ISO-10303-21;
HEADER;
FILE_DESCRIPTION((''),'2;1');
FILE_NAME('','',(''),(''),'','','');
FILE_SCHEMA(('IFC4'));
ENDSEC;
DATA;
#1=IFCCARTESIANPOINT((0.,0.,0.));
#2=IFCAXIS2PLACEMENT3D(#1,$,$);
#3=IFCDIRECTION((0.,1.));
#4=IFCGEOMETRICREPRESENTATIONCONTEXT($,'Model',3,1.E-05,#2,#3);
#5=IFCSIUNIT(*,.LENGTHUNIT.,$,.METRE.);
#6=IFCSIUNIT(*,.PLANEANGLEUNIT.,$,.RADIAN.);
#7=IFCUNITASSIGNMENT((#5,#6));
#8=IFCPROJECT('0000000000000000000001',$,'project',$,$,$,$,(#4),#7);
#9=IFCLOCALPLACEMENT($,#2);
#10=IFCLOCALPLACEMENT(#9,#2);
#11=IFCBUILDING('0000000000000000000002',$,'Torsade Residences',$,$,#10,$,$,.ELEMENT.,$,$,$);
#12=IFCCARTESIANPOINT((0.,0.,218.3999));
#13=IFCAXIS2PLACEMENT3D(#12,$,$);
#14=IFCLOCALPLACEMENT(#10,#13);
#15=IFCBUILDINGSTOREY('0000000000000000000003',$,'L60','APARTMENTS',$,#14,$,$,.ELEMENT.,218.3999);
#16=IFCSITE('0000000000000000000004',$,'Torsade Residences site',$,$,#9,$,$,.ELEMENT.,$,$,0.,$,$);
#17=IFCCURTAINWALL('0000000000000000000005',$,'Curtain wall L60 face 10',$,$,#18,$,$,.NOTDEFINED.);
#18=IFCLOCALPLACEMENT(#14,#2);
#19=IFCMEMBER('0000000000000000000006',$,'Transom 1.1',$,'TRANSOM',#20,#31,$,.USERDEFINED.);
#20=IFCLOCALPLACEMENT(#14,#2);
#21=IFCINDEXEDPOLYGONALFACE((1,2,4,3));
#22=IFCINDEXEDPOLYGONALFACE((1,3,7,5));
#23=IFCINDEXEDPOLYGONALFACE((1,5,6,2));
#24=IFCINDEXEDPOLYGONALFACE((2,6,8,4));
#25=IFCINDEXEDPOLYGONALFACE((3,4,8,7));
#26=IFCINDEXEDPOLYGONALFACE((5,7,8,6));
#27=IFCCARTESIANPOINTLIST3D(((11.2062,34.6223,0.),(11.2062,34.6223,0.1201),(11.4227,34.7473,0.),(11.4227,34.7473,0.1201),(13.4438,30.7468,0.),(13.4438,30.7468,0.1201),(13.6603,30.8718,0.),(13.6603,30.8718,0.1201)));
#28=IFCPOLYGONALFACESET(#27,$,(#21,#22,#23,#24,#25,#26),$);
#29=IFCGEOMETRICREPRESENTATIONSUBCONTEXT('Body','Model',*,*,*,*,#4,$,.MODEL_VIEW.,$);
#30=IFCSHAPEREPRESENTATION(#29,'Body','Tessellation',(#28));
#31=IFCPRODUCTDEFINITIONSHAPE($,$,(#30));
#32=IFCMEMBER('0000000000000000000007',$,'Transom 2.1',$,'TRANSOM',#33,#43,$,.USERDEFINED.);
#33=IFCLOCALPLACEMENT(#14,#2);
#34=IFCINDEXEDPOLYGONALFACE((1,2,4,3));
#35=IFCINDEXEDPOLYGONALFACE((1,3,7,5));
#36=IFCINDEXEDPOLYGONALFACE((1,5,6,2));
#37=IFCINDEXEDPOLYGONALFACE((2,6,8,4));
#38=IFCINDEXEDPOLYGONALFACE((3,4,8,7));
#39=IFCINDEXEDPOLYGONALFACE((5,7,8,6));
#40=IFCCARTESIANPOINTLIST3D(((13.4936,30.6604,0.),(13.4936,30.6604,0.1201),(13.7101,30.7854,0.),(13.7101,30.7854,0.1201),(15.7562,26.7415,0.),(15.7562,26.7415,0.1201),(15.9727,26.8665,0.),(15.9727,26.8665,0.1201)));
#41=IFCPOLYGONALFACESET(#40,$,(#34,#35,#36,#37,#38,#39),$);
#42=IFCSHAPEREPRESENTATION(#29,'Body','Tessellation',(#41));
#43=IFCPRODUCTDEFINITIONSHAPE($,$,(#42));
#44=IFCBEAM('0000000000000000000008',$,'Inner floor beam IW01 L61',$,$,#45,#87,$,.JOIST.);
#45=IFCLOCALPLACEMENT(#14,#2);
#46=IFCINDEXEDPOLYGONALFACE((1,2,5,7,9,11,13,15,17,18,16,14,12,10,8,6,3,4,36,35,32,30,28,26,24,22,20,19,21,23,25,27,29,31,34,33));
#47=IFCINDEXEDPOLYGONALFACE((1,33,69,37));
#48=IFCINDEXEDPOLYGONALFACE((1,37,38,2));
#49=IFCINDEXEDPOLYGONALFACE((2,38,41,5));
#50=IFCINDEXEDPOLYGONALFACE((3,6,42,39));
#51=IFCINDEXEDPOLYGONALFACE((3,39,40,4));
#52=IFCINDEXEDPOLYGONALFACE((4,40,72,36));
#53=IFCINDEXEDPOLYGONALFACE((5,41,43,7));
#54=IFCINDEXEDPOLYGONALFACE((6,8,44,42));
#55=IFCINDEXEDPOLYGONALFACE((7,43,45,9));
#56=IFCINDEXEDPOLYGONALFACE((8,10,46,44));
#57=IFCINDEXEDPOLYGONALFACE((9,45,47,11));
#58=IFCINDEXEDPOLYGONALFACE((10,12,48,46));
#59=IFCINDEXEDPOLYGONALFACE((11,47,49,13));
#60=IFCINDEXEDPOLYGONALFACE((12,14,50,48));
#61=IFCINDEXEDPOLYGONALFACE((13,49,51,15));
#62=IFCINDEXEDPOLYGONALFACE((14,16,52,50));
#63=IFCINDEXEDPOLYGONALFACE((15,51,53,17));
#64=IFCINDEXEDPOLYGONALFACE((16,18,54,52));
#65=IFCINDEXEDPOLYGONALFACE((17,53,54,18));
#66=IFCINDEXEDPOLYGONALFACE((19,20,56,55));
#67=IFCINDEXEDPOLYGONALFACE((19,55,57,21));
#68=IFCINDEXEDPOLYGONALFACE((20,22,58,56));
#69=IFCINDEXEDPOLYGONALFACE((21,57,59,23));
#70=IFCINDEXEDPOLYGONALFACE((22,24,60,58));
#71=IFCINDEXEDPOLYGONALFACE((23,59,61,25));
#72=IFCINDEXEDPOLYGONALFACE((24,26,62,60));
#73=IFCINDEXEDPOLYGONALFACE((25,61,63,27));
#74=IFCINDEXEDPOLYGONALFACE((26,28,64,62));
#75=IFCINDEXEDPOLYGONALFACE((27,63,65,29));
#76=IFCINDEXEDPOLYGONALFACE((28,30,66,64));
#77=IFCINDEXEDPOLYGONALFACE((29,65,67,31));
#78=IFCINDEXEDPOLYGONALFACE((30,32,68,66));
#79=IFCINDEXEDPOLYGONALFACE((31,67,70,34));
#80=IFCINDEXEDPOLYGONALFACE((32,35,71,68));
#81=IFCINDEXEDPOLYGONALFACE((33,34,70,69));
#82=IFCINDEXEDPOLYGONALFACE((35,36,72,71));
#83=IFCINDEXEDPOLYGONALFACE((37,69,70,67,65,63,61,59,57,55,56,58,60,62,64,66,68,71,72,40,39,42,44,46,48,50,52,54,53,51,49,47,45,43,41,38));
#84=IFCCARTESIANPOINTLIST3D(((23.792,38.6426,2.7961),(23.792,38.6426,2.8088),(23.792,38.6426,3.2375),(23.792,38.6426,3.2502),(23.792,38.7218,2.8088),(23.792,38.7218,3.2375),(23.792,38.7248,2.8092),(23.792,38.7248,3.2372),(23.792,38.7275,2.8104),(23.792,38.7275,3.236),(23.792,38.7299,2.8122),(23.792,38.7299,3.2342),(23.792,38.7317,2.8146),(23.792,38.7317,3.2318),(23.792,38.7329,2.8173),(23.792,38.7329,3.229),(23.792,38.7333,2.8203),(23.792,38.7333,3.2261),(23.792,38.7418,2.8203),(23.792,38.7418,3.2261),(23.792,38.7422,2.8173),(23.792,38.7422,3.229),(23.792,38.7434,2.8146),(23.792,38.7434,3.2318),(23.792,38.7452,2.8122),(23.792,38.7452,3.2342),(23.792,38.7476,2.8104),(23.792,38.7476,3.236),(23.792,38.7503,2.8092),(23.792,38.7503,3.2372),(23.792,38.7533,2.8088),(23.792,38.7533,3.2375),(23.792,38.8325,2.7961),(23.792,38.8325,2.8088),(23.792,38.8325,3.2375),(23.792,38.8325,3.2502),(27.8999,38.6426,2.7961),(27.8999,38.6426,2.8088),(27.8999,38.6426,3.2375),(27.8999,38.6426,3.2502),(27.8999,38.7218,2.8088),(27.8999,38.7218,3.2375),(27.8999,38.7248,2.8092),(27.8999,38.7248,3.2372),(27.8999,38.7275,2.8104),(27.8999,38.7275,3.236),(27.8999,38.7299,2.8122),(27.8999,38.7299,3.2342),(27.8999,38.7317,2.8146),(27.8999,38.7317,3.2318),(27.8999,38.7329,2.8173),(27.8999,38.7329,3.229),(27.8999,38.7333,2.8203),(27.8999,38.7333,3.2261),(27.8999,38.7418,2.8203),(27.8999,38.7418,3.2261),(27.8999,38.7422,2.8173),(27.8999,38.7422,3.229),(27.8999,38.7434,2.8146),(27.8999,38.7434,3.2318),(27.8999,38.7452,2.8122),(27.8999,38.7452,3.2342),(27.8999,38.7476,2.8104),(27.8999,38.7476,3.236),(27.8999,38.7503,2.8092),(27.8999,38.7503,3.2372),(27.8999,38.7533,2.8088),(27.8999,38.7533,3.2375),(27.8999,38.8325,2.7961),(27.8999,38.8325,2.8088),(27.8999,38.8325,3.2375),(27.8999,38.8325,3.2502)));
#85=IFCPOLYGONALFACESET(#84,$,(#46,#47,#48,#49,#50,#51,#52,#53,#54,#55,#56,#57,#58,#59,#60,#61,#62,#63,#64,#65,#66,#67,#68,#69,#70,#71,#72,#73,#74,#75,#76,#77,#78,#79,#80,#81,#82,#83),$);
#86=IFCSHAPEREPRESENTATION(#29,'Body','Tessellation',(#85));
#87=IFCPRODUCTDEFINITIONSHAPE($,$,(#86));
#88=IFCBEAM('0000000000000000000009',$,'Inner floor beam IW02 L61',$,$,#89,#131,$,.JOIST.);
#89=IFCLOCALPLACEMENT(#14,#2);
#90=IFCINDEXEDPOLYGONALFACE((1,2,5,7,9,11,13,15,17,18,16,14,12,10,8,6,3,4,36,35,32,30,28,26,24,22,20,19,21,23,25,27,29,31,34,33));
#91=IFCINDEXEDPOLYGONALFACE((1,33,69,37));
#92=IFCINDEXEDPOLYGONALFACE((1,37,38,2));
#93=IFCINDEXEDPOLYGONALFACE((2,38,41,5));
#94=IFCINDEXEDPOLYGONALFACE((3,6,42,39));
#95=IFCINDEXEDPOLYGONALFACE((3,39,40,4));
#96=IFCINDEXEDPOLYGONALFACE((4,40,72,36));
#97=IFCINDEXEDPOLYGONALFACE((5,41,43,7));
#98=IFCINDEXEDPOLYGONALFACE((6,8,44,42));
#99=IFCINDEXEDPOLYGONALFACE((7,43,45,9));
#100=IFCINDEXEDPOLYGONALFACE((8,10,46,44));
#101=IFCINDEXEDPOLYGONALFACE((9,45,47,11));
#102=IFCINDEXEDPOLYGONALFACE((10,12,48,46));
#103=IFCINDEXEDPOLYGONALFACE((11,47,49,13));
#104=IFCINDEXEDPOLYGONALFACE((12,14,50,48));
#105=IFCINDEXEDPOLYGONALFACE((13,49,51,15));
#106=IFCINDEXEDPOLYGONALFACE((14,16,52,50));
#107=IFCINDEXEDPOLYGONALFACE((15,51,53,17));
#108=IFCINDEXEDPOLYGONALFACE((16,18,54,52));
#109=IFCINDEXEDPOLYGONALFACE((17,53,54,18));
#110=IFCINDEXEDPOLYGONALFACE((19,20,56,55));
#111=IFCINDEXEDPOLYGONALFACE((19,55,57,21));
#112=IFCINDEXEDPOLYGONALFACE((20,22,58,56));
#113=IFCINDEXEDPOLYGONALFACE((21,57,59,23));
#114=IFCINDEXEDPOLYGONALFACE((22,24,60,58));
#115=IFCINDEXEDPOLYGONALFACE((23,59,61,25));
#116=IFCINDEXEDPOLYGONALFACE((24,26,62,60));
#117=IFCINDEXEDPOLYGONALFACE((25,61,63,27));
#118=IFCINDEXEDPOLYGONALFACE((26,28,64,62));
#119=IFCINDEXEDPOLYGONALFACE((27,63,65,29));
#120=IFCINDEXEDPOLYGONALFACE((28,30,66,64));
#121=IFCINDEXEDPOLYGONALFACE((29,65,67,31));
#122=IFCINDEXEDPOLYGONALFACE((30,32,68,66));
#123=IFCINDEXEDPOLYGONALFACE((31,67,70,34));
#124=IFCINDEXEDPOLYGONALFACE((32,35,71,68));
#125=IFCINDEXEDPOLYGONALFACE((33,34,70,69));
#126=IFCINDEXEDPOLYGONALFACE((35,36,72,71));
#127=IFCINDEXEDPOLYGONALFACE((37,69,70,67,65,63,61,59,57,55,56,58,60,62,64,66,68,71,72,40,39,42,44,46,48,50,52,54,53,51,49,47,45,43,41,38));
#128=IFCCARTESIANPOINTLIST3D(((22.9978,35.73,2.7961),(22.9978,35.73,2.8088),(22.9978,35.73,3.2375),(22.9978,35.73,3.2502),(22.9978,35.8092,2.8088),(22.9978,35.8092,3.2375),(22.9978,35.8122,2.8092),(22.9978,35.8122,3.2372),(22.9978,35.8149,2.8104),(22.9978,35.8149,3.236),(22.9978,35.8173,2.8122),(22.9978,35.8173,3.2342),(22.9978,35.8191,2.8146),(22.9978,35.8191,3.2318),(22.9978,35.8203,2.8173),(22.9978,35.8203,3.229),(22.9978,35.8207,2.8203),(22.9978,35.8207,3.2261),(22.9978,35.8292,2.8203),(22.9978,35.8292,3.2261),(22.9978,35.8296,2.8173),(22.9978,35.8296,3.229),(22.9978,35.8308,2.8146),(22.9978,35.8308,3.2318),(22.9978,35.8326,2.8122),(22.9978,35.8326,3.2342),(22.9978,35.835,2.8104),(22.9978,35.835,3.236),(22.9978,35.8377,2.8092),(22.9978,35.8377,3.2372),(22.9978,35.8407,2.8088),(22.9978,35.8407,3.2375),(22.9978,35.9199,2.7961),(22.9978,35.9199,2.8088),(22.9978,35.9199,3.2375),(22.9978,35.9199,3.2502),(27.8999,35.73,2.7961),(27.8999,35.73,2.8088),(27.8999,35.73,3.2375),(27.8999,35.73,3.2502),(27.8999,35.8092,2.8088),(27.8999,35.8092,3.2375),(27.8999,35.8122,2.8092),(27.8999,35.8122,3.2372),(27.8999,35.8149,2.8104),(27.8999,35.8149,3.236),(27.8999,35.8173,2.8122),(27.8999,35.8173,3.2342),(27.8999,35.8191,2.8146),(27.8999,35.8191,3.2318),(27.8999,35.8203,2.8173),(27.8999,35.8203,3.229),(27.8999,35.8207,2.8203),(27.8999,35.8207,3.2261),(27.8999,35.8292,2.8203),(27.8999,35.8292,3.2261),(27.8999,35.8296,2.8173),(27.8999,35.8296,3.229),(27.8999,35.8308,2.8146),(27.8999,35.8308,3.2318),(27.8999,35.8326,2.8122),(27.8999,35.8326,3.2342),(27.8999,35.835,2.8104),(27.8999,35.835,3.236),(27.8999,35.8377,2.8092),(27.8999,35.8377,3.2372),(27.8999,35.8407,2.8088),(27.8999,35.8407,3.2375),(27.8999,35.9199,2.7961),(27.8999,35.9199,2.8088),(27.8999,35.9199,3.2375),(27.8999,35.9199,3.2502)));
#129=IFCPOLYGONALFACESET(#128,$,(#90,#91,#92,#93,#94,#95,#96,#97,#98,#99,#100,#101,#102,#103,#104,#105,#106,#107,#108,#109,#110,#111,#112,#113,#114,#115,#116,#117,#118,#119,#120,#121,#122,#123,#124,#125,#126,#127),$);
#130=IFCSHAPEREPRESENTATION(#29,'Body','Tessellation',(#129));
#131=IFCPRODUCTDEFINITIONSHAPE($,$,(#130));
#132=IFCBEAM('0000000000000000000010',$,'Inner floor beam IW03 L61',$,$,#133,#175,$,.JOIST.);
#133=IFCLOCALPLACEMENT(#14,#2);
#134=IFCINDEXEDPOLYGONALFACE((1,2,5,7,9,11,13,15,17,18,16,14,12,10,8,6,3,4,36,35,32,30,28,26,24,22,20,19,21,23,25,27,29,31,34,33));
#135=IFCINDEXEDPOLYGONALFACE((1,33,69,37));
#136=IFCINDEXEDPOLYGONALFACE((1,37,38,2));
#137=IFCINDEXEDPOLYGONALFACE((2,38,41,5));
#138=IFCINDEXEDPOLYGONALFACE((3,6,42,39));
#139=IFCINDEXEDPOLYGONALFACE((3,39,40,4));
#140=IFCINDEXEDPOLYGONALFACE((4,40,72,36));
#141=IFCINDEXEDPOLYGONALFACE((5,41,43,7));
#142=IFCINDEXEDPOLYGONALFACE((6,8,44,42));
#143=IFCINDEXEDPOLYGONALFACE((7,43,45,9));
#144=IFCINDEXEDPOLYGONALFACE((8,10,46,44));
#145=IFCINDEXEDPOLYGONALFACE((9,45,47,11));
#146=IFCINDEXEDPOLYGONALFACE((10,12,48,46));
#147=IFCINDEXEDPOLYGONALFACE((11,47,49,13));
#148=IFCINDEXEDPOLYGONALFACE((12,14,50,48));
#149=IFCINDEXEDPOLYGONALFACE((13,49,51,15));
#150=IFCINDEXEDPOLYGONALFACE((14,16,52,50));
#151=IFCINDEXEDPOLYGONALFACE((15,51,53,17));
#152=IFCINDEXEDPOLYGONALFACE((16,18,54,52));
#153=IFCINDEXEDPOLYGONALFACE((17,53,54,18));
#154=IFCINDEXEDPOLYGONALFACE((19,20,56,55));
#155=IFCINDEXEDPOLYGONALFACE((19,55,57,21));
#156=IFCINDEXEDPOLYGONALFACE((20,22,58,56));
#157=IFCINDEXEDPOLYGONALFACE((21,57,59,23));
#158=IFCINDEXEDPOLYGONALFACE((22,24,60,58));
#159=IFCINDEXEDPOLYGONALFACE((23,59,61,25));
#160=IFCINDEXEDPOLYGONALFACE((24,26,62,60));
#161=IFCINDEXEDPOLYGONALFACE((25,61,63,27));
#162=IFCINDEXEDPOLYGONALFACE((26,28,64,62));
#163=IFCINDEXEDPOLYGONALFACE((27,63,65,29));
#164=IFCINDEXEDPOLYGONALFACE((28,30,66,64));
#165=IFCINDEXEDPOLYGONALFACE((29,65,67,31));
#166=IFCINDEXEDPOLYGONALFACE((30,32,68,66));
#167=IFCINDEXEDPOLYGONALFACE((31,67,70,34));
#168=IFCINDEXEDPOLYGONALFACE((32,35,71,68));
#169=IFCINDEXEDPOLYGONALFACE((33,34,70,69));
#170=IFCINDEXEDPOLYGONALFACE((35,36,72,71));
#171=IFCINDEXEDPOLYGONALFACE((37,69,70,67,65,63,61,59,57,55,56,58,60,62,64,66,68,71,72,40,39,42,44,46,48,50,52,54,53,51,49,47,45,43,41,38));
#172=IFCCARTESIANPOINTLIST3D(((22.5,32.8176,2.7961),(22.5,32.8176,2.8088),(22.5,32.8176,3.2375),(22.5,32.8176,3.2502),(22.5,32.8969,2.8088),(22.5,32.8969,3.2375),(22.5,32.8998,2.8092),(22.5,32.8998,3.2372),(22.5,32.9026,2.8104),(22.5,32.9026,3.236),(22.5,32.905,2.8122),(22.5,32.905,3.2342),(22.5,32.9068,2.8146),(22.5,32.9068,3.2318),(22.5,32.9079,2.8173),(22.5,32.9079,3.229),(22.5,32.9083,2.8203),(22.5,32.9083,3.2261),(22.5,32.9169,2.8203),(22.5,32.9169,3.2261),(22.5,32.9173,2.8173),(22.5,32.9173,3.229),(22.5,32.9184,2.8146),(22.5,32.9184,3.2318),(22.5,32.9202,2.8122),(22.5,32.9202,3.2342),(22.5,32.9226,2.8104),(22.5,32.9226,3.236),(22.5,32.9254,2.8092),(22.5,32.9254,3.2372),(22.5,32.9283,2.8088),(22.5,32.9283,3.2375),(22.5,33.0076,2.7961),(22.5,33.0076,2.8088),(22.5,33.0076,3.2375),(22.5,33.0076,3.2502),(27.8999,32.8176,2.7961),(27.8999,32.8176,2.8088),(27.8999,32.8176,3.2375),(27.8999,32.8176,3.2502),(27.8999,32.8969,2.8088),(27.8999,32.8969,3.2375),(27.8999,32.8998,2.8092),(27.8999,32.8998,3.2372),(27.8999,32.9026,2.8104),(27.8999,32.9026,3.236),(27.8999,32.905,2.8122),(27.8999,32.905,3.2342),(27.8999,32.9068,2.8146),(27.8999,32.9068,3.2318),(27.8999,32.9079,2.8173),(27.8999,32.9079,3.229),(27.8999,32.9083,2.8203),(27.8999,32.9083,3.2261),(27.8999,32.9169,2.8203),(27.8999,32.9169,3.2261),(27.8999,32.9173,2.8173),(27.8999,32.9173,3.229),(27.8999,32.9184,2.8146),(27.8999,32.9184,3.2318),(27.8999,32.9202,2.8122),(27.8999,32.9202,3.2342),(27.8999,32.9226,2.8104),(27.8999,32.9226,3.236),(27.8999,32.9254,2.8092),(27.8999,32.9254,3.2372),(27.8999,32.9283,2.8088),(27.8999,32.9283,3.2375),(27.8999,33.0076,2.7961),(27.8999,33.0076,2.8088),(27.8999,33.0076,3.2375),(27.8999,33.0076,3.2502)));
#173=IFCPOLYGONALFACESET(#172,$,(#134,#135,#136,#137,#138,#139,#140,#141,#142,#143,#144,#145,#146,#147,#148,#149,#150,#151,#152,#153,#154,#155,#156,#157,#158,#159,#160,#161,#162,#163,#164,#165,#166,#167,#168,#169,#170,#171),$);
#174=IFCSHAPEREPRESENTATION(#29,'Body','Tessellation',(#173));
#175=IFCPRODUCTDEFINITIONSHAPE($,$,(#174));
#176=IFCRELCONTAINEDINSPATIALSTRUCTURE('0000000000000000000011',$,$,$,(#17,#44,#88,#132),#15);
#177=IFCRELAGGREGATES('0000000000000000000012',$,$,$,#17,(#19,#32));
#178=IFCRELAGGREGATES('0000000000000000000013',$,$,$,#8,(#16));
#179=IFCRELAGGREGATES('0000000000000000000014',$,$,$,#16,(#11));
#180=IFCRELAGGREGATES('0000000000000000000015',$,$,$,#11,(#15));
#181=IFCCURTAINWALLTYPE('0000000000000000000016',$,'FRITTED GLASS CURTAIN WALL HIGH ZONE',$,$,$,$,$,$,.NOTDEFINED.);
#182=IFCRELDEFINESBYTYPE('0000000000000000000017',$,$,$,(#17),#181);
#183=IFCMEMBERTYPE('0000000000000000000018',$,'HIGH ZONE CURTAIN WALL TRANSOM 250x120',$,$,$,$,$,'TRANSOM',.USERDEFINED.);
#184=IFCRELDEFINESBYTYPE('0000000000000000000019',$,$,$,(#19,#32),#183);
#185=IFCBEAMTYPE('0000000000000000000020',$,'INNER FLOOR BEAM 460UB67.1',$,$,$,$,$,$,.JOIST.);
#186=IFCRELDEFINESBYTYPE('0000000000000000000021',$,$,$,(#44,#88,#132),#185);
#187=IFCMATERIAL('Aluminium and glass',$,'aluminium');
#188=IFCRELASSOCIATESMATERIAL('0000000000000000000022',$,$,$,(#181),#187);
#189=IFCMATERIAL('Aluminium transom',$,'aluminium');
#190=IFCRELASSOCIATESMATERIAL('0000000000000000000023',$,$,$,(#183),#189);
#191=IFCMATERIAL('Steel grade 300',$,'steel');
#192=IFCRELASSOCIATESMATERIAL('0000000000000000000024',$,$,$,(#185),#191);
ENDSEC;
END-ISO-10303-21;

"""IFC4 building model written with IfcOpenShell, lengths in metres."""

from ifc_helpers import new_model, si_unit, direction, frame, origin, origin_2d, place, context, subcontext, project, spatial, rectangle, i_section, extrude, material, material_profile, profile_set, type_object, element, aggregate, save


model = new_model("IFC4")

# Units and contexts
model_context = context("Model", 3, precision=1e-05, world=origin(), true_north=direction((0.0, 1.0)))
body_context = subcontext(model_context, "Body", "Model", "MODEL_VIEW")
ifc_project = project(units=[si_unit("LENGTHUNIT", "METRE"), si_unit("PLANEANGLEUNIT", "RADIAN")], contexts=[model_context])

# Site, building, storey
site_placement = place(None, origin())
site = spatial("IfcSite", under=ifc_project, at=site_placement, Name="Torsade Residences site", CompositionType="ELEMENT", RefElevation=0.0)
building_placement = place(site_placement, origin())
building = spatial("IfcBuilding", under=site, at=building_placement, Name="Torsade Residences", CompositionType="ELEMENT")
storey_placement = place(building_placement, frame((0.0, 0.0, 218.3999)))
storey = spatial("IfcBuildingStorey", under=building, at=storey_placement, Name="L60", Description="APARTMENTS", CompositionType="ELEMENT", Elevation=218.3999)

# Curtain wall, members
ifc_material_1 = material(Name="Aluminium and glass", Category="aluminium")
curtain_wall_type = type_object("IfcCurtainWallType", Name="FRITTED GLASS CURTAIN WALL HIGH ZONE", PredefinedType="NOTDEFINED", material=ifc_material_1)
curtain_wall_placement = place(storey_placement, origin())
curtain_wall = element("IfcCurtainWall", 1, at=curtain_wall_placement, inside=storey, type_object=curtain_wall_type, Name="Curtain wall L60 face 10", PredefinedType="NOTDEFINED")
ifc_material_2 = material(Name="Aluminium transom", Category="aluminium")
ifc_material_profile_1 = material_profile(ifc_material_2, rectangle(XDim=0.25, YDim=0.1201, at=origin_2d()), Name="HIGH ZONE CURTAIN WALL TRANSOM 250x120")
ifc_profile_set_1 = profile_set([ifc_material_profile_1], Name="Aluminium transom")
member_type_1 = type_object("IfcMemberType", Name="HIGH ZONE CURTAIN WALL TRANSOM 250x120", ElementType="TRANSOM", PredefinedType="USERDEFINED", material=ifc_profile_set_1)
member_1_placement = place(storey_placement, frame((11.3145, 34.6848, 0.0601), z_axis=(0.500006, -0.866022, 0.0), x_axis=(0.866022, 0.500006, 0.0)))
member_1 = element("IfcMember", 2, at=member_1_placement, type_object=member_type_1, Name="Transom 1.1", ObjectType="TRANSOM", PredefinedType="USERDEFINED", context=body_context, shape_type="SweptSolid", body=[
    extrude(rectangle(XDim=0.25, YDim=0.1201, at=origin_2d()), origin(), (0.0, 0.0, 1.0), 4.4751),
])
member_2_placement = place(storey_placement, frame((13.6018, 30.7229, 0.0601), z_axis=(0.500015, -0.866017, 0.0), x_axis=(0.866017, 0.500015, 0.0)))
member_2 = element("IfcMember", 3, at=member_2_placement, type_object=member_type_1, Name="Transom 2.1", ObjectType="TRANSOM", PredefinedType="USERDEFINED", context=body_context, shape_type="SweptSolid", body=[
    extrude(rectangle(XDim=0.25, YDim=0.1201, at=origin_2d()), origin(), (0.0, 0.0, 1.0), 4.5251),
])

# Beams
ifc_material_3 = material(Name="Steel grade 300", Category="steel")
ifc_material_profile_2 = material_profile(ifc_material_3, i_section(OverallWidth=0.1899, OverallDepth=0.4541, WebThickness=0.0085, FlangeThickness=0.0127, FilletRadius=0.0115, at=origin_2d()), Name="460UB67.1")
ifc_profile_set_2 = profile_set([ifc_material_profile_2], Name="Steel grade 300")
beam_type_1 = type_object("IfcBeamType", Name="INNER FLOOR BEAM 460UB67.1", PredefinedType="JOIST", material=ifc_profile_set_2)
beam_1_placement = place(storey_placement, frame((27.8999, 38.7375, 3.0232), z_axis=(-1.0, 0.0, 0.0), x_axis=(0.0, -1.0, 0.0)))
element("IfcBeam", 4, at=beam_1_placement, inside=storey, type_object=beam_type_1, Name="Inner floor beam IW01 L61", PredefinedType="JOIST", context=body_context, shape_type="SweptSolid", body=[
    extrude(i_section(OverallWidth=0.1899, OverallDepth=0.4541, WebThickness=0.0085, FlangeThickness=0.0127, FilletRadius=0.0115, at=origin_2d()), origin(), (0.0, 0.0, 1.0), 4.1079),
])
beam_2_placement = place(storey_placement, frame((27.8999, 35.825, 3.0232), z_axis=(-1.0, 0.0, 0.0), x_axis=(0.0, -1.0, 0.0)))
element("IfcBeam", 5, at=beam_2_placement, inside=storey, type_object=beam_type_1, Name="Inner floor beam IW02 L61", PredefinedType="JOIST", context=body_context, shape_type="SweptSolid", body=[
    extrude(i_section(OverallWidth=0.1899, OverallDepth=0.4541, WebThickness=0.0085, FlangeThickness=0.0127, FilletRadius=0.0115, at=origin_2d()), origin(), (0.0, 0.0, 1.0), 4.9021),
])
for number, where, z_axis, x_axis, name in (
    (6, (27.8999, 32.9126, 3.0232), (-1.0, 0.0, 0.0), (0.0, -1.0, 0.0), "Inner floor beam IW03 L61"),
):
    element("IfcBeam", number, at=place(storey_placement, frame(where, z_axis=z_axis, x_axis=x_axis)), inside=storey, type_object=beam_type_1, Name=name, PredefinedType="JOIST", context=body_context, shape_type="SweptSolid", body=[
        extrude(i_section(OverallWidth=0.1899, OverallDepth=0.4541, WebThickness=0.0085, FlangeThickness=0.0127, FilletRadius=0.0115, at=origin_2d()), origin(), (0.0, 0.0, 1.0), 5.3999),
    ])

aggregate(curtain_wall, [member_1, member_2])

save(model, "model.ifc")
